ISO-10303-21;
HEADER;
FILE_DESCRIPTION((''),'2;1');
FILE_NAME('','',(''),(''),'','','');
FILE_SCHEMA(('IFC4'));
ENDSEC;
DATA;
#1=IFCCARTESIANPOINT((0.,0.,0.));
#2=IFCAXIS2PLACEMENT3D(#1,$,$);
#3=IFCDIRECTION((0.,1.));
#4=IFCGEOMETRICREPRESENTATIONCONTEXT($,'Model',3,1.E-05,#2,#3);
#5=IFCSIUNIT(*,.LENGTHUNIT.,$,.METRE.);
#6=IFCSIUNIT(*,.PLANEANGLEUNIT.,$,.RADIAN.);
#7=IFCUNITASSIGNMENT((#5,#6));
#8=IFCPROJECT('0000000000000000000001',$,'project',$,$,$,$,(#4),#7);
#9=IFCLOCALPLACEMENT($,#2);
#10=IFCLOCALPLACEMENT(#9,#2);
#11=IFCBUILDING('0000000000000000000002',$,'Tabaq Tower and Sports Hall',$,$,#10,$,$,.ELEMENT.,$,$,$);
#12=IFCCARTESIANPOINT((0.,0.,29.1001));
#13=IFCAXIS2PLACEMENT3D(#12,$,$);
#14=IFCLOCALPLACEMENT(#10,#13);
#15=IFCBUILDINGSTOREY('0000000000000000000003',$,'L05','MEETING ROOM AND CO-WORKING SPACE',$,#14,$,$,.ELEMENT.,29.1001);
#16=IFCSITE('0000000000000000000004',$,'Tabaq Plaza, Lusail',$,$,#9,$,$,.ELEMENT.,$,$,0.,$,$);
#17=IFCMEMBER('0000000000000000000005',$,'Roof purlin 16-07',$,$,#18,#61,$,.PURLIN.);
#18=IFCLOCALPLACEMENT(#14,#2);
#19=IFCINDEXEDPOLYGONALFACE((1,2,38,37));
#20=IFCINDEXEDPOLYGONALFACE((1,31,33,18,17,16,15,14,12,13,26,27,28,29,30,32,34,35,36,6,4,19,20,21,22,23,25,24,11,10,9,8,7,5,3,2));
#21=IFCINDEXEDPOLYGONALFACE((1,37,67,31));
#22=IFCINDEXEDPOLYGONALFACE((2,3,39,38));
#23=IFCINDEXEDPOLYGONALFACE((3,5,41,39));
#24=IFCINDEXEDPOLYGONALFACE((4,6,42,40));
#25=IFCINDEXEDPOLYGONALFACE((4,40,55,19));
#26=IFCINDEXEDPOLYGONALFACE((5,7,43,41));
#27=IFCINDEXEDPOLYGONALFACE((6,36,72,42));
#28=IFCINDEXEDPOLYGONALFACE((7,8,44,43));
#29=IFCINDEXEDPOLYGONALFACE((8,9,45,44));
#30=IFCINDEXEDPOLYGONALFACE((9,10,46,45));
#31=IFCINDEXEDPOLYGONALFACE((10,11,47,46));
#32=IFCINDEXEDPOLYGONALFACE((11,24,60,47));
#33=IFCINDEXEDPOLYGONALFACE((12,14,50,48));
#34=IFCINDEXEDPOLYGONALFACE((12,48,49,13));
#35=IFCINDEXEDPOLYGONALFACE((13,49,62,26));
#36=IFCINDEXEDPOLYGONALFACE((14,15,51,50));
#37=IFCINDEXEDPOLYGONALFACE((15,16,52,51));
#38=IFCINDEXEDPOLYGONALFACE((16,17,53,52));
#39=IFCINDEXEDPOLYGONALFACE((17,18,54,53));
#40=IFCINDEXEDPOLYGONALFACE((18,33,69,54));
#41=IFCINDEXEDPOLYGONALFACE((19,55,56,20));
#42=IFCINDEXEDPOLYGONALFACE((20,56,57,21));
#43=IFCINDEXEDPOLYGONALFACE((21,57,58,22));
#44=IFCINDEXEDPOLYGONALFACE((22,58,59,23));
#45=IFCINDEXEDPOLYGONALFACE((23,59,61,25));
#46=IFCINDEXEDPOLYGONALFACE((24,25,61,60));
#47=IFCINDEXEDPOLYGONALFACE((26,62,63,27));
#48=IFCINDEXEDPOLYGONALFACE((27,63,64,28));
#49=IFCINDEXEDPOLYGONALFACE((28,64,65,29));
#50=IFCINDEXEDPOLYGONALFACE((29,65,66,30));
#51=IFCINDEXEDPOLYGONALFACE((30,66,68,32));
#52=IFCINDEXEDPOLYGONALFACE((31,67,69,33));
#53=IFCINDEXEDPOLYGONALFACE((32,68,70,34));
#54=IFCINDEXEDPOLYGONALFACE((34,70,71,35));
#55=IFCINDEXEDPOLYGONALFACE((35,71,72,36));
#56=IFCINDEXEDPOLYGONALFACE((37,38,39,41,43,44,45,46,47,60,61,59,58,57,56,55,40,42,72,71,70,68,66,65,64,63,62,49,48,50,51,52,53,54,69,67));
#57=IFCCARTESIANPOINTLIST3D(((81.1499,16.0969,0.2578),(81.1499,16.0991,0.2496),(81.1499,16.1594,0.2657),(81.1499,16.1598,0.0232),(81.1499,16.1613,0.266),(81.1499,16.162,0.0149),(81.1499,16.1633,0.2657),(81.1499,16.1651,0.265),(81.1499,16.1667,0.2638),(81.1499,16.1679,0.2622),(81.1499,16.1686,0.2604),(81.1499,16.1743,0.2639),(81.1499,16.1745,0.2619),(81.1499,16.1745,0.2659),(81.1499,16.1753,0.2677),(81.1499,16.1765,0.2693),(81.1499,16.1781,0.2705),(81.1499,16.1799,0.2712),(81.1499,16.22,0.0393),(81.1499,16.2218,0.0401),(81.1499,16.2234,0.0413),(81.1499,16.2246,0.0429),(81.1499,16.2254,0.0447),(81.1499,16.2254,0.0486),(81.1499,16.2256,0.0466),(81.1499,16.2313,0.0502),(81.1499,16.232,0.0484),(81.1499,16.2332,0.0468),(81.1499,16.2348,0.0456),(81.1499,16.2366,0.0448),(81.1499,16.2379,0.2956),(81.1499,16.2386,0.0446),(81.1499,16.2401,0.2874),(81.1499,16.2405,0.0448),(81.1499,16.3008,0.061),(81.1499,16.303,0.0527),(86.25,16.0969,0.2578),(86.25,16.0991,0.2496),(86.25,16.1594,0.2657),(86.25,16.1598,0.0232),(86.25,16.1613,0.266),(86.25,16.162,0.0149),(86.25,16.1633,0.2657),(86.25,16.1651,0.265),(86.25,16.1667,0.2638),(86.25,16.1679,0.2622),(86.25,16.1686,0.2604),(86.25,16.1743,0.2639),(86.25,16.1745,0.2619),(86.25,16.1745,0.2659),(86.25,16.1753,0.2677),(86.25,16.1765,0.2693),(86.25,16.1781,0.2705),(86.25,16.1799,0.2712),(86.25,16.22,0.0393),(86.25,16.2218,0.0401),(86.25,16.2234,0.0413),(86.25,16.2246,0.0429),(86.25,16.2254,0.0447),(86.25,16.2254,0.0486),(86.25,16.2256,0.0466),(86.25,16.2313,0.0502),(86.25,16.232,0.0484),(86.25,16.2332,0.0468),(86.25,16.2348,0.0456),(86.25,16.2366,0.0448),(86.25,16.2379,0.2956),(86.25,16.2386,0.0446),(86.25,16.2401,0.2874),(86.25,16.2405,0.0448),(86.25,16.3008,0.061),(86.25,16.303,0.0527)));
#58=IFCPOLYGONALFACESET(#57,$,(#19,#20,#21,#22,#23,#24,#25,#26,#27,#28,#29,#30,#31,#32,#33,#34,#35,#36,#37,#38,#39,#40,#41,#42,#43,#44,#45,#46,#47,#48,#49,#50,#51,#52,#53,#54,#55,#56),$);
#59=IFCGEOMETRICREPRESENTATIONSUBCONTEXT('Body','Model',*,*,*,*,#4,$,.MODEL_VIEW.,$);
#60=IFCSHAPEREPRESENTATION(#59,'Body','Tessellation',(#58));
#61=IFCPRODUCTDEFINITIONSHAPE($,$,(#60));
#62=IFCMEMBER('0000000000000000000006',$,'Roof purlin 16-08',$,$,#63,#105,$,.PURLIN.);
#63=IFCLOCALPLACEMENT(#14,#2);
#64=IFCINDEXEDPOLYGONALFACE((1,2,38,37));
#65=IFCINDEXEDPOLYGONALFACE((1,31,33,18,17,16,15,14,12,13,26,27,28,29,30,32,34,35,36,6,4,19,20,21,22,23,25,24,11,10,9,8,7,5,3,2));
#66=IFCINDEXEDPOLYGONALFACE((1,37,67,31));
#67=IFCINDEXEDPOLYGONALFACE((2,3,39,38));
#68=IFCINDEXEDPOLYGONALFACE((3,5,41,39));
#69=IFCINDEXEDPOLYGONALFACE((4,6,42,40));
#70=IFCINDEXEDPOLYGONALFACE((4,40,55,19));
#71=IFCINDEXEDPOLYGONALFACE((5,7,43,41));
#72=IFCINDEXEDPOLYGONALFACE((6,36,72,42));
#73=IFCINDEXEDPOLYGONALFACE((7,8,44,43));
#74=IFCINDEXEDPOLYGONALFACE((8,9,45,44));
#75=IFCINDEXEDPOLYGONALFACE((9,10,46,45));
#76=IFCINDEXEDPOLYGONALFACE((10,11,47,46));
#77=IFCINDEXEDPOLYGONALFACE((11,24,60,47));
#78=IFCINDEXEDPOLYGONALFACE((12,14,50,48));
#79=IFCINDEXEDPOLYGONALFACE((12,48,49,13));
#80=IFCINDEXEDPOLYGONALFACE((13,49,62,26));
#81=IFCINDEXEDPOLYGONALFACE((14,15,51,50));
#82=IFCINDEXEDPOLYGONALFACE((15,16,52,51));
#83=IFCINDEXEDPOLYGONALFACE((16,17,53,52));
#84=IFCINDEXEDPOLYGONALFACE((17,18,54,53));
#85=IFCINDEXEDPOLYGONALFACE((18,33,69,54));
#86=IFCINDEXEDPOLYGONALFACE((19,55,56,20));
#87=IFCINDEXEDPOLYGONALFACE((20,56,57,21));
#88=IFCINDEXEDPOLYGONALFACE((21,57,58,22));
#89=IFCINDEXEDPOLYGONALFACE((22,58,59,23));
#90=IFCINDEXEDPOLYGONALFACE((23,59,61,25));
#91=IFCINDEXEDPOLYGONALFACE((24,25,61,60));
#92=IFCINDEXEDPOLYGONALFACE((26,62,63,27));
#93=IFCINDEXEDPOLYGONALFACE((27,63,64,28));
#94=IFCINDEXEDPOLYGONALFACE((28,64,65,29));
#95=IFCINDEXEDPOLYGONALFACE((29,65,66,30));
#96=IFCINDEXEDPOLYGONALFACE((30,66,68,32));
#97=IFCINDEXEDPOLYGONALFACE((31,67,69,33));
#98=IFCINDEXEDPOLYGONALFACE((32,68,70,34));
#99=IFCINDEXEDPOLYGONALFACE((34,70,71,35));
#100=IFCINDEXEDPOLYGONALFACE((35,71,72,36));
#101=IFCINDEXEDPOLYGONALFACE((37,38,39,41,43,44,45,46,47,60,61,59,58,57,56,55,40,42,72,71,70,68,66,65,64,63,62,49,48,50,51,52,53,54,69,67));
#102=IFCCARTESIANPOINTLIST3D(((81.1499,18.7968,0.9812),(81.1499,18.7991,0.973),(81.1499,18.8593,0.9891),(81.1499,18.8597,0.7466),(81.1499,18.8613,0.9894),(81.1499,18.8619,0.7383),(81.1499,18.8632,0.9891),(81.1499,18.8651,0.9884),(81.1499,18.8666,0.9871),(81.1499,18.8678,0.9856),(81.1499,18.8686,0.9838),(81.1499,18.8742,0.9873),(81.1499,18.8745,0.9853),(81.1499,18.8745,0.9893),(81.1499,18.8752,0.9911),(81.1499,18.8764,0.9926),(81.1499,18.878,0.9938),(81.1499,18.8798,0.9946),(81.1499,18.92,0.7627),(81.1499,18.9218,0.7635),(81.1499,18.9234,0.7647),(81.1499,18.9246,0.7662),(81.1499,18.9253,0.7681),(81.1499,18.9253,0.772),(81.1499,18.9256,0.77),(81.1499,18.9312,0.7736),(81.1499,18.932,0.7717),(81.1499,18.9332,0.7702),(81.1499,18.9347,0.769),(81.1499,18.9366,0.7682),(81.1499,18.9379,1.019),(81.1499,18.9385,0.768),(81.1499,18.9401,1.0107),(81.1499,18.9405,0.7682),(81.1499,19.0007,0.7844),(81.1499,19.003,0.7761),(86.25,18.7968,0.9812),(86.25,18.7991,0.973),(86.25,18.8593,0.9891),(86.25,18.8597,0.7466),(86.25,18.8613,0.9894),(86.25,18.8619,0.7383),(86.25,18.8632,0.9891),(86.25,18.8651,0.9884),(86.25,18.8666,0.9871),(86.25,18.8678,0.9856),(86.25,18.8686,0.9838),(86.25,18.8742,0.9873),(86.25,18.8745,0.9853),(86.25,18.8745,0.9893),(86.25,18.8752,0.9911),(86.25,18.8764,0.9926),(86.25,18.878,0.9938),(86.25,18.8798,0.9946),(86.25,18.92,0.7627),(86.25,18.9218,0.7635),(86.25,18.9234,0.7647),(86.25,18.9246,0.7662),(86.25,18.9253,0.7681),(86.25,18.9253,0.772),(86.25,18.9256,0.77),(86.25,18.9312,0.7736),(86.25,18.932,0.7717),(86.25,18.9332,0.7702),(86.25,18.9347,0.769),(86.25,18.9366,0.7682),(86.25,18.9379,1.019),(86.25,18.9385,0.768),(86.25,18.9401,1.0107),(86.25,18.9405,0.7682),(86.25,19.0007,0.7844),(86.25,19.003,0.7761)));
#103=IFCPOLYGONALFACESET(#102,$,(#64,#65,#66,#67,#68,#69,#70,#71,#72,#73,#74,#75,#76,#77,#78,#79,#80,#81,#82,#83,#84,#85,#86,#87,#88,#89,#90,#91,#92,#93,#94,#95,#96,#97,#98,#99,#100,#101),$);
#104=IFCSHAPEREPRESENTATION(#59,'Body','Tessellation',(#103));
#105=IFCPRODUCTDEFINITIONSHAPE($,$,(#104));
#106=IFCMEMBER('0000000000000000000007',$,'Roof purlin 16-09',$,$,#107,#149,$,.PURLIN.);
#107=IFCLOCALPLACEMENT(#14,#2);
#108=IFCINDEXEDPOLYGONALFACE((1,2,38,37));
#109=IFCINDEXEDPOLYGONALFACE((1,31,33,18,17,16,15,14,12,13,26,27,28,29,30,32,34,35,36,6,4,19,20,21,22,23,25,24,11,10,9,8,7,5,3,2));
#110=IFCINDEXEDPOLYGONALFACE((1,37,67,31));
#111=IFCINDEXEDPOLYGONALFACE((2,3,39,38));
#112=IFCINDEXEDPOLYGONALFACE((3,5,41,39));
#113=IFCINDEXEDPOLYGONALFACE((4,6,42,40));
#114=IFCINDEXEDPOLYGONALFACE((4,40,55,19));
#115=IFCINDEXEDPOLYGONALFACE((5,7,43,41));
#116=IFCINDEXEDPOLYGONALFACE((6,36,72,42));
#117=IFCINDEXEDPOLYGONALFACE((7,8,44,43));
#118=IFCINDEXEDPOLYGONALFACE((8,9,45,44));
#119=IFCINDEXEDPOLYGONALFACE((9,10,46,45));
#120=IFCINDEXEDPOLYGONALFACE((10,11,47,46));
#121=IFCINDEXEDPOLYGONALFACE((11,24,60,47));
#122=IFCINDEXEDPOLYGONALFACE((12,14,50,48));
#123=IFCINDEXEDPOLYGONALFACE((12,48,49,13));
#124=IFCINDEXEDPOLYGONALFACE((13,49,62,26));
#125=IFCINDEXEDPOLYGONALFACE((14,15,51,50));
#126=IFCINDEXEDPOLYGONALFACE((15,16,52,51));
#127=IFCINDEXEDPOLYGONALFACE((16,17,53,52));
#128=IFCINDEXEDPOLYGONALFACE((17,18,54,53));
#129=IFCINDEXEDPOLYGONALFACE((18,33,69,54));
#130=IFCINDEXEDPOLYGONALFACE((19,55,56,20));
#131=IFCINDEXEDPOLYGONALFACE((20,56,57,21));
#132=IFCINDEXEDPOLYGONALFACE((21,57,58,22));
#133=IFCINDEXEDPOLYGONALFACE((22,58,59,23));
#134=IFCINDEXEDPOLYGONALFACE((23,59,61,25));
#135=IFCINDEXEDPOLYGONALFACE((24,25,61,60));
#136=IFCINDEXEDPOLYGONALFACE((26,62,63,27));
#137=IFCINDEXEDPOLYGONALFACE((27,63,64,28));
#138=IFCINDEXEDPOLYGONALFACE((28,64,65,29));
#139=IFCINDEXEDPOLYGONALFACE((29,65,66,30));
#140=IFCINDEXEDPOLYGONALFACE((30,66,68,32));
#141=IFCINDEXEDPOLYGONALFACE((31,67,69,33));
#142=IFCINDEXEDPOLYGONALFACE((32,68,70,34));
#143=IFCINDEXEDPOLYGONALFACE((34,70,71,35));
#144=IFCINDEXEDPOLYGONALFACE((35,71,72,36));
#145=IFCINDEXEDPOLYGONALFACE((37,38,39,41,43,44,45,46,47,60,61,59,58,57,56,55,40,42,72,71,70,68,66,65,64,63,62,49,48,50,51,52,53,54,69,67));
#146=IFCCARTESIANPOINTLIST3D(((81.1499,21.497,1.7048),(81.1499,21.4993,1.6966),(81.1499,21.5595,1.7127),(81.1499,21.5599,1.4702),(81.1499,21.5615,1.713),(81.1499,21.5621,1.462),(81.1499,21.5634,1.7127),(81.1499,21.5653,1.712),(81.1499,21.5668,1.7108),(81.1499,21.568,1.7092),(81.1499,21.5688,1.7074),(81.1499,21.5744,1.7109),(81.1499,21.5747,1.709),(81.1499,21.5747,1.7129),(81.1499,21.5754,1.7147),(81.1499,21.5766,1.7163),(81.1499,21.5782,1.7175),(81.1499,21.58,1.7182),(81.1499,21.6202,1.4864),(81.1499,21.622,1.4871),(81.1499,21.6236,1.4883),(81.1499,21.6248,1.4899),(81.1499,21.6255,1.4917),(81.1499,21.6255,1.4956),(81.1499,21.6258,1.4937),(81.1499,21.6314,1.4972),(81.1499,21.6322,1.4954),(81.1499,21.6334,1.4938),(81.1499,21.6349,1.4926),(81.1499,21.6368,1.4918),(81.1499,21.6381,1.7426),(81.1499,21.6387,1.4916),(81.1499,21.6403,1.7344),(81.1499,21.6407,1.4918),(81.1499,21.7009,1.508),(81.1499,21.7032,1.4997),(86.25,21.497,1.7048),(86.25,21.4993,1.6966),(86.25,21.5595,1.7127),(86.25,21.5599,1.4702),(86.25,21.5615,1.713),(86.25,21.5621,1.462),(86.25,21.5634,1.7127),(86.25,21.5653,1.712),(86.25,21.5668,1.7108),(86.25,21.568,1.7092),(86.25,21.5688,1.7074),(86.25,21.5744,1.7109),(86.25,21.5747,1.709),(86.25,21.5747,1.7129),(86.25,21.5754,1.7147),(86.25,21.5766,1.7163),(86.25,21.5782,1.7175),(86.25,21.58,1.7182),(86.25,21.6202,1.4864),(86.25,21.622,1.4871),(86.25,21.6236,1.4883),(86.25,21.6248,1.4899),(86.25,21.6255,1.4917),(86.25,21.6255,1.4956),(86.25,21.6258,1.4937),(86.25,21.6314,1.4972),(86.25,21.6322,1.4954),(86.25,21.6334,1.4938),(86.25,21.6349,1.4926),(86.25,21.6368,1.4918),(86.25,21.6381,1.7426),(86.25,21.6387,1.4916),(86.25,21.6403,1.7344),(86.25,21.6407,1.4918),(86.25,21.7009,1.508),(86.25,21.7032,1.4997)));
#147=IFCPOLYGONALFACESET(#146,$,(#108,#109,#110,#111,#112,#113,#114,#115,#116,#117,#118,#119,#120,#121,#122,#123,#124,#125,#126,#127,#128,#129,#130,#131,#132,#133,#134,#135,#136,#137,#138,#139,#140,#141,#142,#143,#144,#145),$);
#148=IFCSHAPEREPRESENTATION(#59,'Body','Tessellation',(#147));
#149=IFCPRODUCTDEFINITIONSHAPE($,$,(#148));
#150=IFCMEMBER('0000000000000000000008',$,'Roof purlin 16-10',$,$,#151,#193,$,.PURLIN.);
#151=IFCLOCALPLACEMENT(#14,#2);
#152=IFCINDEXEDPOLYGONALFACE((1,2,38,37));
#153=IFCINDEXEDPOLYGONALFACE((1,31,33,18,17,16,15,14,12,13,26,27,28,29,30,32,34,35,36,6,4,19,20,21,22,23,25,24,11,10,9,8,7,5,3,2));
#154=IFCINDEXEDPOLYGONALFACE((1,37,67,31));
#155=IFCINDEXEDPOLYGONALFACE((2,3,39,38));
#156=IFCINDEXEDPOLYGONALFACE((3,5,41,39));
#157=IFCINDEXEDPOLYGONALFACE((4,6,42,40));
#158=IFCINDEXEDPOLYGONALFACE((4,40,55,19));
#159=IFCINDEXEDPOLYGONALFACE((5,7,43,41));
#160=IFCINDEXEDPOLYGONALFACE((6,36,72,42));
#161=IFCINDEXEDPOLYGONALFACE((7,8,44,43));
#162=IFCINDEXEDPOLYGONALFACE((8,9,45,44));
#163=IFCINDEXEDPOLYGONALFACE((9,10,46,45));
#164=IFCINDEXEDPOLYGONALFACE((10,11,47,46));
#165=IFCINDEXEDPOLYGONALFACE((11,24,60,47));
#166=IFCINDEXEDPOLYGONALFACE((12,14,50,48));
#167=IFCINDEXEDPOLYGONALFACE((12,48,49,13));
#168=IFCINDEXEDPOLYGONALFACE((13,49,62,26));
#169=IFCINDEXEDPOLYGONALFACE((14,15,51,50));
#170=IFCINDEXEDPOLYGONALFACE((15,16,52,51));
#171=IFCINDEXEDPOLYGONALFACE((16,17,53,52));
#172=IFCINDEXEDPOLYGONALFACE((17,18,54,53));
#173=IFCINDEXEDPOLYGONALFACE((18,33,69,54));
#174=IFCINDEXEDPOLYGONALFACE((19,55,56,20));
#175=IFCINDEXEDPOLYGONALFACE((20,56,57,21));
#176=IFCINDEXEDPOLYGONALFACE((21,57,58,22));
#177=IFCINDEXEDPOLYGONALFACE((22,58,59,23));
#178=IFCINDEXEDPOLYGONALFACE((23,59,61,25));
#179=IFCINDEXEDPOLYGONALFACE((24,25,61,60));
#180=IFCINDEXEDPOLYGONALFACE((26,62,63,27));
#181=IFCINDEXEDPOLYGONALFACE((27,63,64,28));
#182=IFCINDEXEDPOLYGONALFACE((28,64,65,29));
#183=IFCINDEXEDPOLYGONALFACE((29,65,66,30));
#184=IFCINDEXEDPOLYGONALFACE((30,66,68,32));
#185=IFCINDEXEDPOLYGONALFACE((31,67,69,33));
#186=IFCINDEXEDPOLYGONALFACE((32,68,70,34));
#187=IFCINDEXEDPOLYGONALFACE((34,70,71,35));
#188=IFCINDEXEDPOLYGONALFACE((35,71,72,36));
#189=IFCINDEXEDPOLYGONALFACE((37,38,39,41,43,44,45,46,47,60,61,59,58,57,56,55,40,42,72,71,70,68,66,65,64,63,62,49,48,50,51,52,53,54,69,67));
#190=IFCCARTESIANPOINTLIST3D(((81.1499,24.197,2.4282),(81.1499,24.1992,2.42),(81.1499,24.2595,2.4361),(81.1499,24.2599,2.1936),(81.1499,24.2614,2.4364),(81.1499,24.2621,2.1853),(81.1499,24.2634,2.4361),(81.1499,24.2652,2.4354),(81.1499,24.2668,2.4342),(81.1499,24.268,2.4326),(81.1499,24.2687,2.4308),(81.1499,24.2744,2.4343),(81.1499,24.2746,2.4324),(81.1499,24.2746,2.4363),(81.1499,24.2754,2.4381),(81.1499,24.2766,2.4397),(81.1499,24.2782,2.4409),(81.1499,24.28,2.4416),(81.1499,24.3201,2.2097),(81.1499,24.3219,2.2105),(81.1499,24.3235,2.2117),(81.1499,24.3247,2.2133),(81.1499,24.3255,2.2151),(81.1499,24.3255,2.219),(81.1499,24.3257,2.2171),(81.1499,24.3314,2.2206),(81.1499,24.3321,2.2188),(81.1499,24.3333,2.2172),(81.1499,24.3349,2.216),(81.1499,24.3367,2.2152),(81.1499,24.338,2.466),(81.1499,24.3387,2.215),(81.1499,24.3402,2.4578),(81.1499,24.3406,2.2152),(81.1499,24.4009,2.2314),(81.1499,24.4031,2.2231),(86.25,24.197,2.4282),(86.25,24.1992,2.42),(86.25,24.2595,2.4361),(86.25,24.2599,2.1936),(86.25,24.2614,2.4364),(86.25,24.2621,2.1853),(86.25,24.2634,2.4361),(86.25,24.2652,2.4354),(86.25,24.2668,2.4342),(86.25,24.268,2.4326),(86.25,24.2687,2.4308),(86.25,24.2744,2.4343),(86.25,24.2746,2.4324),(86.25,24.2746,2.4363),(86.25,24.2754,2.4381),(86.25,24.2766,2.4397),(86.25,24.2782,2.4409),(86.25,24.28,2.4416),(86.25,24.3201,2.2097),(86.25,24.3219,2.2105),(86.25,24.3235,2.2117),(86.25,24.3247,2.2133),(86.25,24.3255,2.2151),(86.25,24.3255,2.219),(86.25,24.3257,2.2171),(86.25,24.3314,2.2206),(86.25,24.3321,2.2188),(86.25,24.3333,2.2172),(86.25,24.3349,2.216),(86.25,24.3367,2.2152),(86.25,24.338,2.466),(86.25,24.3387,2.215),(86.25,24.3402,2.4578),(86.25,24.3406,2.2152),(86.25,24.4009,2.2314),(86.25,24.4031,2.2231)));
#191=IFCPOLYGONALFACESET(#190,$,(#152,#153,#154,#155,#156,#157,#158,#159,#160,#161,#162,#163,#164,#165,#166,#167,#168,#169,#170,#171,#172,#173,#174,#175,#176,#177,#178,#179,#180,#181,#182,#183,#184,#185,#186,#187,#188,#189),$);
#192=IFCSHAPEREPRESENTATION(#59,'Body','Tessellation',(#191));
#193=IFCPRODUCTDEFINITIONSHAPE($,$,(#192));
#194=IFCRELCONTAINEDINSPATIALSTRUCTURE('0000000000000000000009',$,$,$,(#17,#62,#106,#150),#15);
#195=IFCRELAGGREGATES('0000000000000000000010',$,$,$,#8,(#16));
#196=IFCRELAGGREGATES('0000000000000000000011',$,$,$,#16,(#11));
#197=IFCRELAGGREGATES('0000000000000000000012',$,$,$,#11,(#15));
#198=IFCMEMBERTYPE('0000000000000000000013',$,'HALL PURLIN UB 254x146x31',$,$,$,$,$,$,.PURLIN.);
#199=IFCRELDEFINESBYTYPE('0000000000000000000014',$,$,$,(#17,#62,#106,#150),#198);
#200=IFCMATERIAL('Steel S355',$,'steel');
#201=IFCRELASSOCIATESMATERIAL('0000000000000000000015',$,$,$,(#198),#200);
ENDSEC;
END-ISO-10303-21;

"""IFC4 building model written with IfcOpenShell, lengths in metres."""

from ifc_helpers import new_model, si_unit, direction, frame, origin, origin_2d, place, context, subcontext, project, spatial, i_section, extrude, material, material_profile, profile_set, type_object, element, save


model = new_model("IFC4")

# Units and contexts
model_context = context("Model", 3, precision=1e-05, world=origin(), true_north=direction((0.0, 1.0)))
body_context = subcontext(model_context, "Body", "Model", "MODEL_VIEW")
ifc_project = project(units=[si_unit("LENGTHUNIT", "METRE"), si_unit("PLANEANGLEUNIT", "RADIAN")], contexts=[model_context])

# Site, building, storey
site_placement = place(None, origin())
site = spatial("IfcSite", under=ifc_project, at=site_placement, Name="Tabaq Plaza, Lusail", CompositionType="ELEMENT", RefElevation=0.0)
building_placement = place(site_placement, origin())
building = spatial("IfcBuilding", under=site, at=building_placement, Name="Tabaq Tower and Sports Hall", CompositionType="ELEMENT")
storey_placement = place(building_placement, frame((0.0, 0.0, 29.1001)))
storey = spatial("IfcBuildingStorey", under=building, at=storey_placement, Name="L05", Description="MEETING ROOM AND CO-WORKING SPACE", CompositionType="ELEMENT", Elevation=29.1001)

# Members
ifc_material_1 = material(Name="Steel S355", Category="steel")
ifc_material_profile_1 = material_profile(ifc_material_1, i_section(OverallWidth=0.146, OverallDepth=0.2515, WebThickness=0.0061, FlangeThickness=0.0085, FilletRadius=0.0076, at=origin_2d()), Name="UB 254x146x31")
ifc_profile_set_1 = profile_set([ifc_material_profile_1], Name="Steel S355")
member_type_1 = type_object("IfcMemberType", Name="HALL PURLIN UB 254x146x31", PredefinedType="PURLIN", material=ifc_profile_set_1)
for number, where, z_axis, x_axis, name in (
    (1, (81.1499, 16.2, 0.1553), (1.0, 0.0, 0.0), (0.0, 0.965926, 0.258819), "Roof purlin 16-07"),
    (2, (81.1499, 18.8999, 0.8787), (1.0, 0.0, 0.0), (0.0, 0.965926, 0.258819), "Roof purlin 16-08"),
    (3, (81.1499, 21.6001, 1.6023), (1.0, 0.0, 0.0), (0.0, 0.965926, 0.258819), "Roof purlin 16-09"),
    (4, (81.1499, 24.3, 2.3257), (1.0, 0.0, 0.0), (0.0, 0.965926, 0.258819), "Roof purlin 16-10"),
):
    element("IfcMember", number, at=place(storey_placement, frame(where, z_axis=z_axis, x_axis=x_axis)), inside=storey, type_object=member_type_1, Name=name, PredefinedType="PURLIN", context=body_context, shape_type="SweptSolid", body=[
        extrude(i_section(OverallWidth=0.146, OverallDepth=0.2515, WebThickness=0.0061, FlangeThickness=0.0085, FilletRadius=0.0076, at=origin_2d()), origin(), (0.0, 0.0, 1.0), 5.1001),
    ])

save(model, "model.ifc")
